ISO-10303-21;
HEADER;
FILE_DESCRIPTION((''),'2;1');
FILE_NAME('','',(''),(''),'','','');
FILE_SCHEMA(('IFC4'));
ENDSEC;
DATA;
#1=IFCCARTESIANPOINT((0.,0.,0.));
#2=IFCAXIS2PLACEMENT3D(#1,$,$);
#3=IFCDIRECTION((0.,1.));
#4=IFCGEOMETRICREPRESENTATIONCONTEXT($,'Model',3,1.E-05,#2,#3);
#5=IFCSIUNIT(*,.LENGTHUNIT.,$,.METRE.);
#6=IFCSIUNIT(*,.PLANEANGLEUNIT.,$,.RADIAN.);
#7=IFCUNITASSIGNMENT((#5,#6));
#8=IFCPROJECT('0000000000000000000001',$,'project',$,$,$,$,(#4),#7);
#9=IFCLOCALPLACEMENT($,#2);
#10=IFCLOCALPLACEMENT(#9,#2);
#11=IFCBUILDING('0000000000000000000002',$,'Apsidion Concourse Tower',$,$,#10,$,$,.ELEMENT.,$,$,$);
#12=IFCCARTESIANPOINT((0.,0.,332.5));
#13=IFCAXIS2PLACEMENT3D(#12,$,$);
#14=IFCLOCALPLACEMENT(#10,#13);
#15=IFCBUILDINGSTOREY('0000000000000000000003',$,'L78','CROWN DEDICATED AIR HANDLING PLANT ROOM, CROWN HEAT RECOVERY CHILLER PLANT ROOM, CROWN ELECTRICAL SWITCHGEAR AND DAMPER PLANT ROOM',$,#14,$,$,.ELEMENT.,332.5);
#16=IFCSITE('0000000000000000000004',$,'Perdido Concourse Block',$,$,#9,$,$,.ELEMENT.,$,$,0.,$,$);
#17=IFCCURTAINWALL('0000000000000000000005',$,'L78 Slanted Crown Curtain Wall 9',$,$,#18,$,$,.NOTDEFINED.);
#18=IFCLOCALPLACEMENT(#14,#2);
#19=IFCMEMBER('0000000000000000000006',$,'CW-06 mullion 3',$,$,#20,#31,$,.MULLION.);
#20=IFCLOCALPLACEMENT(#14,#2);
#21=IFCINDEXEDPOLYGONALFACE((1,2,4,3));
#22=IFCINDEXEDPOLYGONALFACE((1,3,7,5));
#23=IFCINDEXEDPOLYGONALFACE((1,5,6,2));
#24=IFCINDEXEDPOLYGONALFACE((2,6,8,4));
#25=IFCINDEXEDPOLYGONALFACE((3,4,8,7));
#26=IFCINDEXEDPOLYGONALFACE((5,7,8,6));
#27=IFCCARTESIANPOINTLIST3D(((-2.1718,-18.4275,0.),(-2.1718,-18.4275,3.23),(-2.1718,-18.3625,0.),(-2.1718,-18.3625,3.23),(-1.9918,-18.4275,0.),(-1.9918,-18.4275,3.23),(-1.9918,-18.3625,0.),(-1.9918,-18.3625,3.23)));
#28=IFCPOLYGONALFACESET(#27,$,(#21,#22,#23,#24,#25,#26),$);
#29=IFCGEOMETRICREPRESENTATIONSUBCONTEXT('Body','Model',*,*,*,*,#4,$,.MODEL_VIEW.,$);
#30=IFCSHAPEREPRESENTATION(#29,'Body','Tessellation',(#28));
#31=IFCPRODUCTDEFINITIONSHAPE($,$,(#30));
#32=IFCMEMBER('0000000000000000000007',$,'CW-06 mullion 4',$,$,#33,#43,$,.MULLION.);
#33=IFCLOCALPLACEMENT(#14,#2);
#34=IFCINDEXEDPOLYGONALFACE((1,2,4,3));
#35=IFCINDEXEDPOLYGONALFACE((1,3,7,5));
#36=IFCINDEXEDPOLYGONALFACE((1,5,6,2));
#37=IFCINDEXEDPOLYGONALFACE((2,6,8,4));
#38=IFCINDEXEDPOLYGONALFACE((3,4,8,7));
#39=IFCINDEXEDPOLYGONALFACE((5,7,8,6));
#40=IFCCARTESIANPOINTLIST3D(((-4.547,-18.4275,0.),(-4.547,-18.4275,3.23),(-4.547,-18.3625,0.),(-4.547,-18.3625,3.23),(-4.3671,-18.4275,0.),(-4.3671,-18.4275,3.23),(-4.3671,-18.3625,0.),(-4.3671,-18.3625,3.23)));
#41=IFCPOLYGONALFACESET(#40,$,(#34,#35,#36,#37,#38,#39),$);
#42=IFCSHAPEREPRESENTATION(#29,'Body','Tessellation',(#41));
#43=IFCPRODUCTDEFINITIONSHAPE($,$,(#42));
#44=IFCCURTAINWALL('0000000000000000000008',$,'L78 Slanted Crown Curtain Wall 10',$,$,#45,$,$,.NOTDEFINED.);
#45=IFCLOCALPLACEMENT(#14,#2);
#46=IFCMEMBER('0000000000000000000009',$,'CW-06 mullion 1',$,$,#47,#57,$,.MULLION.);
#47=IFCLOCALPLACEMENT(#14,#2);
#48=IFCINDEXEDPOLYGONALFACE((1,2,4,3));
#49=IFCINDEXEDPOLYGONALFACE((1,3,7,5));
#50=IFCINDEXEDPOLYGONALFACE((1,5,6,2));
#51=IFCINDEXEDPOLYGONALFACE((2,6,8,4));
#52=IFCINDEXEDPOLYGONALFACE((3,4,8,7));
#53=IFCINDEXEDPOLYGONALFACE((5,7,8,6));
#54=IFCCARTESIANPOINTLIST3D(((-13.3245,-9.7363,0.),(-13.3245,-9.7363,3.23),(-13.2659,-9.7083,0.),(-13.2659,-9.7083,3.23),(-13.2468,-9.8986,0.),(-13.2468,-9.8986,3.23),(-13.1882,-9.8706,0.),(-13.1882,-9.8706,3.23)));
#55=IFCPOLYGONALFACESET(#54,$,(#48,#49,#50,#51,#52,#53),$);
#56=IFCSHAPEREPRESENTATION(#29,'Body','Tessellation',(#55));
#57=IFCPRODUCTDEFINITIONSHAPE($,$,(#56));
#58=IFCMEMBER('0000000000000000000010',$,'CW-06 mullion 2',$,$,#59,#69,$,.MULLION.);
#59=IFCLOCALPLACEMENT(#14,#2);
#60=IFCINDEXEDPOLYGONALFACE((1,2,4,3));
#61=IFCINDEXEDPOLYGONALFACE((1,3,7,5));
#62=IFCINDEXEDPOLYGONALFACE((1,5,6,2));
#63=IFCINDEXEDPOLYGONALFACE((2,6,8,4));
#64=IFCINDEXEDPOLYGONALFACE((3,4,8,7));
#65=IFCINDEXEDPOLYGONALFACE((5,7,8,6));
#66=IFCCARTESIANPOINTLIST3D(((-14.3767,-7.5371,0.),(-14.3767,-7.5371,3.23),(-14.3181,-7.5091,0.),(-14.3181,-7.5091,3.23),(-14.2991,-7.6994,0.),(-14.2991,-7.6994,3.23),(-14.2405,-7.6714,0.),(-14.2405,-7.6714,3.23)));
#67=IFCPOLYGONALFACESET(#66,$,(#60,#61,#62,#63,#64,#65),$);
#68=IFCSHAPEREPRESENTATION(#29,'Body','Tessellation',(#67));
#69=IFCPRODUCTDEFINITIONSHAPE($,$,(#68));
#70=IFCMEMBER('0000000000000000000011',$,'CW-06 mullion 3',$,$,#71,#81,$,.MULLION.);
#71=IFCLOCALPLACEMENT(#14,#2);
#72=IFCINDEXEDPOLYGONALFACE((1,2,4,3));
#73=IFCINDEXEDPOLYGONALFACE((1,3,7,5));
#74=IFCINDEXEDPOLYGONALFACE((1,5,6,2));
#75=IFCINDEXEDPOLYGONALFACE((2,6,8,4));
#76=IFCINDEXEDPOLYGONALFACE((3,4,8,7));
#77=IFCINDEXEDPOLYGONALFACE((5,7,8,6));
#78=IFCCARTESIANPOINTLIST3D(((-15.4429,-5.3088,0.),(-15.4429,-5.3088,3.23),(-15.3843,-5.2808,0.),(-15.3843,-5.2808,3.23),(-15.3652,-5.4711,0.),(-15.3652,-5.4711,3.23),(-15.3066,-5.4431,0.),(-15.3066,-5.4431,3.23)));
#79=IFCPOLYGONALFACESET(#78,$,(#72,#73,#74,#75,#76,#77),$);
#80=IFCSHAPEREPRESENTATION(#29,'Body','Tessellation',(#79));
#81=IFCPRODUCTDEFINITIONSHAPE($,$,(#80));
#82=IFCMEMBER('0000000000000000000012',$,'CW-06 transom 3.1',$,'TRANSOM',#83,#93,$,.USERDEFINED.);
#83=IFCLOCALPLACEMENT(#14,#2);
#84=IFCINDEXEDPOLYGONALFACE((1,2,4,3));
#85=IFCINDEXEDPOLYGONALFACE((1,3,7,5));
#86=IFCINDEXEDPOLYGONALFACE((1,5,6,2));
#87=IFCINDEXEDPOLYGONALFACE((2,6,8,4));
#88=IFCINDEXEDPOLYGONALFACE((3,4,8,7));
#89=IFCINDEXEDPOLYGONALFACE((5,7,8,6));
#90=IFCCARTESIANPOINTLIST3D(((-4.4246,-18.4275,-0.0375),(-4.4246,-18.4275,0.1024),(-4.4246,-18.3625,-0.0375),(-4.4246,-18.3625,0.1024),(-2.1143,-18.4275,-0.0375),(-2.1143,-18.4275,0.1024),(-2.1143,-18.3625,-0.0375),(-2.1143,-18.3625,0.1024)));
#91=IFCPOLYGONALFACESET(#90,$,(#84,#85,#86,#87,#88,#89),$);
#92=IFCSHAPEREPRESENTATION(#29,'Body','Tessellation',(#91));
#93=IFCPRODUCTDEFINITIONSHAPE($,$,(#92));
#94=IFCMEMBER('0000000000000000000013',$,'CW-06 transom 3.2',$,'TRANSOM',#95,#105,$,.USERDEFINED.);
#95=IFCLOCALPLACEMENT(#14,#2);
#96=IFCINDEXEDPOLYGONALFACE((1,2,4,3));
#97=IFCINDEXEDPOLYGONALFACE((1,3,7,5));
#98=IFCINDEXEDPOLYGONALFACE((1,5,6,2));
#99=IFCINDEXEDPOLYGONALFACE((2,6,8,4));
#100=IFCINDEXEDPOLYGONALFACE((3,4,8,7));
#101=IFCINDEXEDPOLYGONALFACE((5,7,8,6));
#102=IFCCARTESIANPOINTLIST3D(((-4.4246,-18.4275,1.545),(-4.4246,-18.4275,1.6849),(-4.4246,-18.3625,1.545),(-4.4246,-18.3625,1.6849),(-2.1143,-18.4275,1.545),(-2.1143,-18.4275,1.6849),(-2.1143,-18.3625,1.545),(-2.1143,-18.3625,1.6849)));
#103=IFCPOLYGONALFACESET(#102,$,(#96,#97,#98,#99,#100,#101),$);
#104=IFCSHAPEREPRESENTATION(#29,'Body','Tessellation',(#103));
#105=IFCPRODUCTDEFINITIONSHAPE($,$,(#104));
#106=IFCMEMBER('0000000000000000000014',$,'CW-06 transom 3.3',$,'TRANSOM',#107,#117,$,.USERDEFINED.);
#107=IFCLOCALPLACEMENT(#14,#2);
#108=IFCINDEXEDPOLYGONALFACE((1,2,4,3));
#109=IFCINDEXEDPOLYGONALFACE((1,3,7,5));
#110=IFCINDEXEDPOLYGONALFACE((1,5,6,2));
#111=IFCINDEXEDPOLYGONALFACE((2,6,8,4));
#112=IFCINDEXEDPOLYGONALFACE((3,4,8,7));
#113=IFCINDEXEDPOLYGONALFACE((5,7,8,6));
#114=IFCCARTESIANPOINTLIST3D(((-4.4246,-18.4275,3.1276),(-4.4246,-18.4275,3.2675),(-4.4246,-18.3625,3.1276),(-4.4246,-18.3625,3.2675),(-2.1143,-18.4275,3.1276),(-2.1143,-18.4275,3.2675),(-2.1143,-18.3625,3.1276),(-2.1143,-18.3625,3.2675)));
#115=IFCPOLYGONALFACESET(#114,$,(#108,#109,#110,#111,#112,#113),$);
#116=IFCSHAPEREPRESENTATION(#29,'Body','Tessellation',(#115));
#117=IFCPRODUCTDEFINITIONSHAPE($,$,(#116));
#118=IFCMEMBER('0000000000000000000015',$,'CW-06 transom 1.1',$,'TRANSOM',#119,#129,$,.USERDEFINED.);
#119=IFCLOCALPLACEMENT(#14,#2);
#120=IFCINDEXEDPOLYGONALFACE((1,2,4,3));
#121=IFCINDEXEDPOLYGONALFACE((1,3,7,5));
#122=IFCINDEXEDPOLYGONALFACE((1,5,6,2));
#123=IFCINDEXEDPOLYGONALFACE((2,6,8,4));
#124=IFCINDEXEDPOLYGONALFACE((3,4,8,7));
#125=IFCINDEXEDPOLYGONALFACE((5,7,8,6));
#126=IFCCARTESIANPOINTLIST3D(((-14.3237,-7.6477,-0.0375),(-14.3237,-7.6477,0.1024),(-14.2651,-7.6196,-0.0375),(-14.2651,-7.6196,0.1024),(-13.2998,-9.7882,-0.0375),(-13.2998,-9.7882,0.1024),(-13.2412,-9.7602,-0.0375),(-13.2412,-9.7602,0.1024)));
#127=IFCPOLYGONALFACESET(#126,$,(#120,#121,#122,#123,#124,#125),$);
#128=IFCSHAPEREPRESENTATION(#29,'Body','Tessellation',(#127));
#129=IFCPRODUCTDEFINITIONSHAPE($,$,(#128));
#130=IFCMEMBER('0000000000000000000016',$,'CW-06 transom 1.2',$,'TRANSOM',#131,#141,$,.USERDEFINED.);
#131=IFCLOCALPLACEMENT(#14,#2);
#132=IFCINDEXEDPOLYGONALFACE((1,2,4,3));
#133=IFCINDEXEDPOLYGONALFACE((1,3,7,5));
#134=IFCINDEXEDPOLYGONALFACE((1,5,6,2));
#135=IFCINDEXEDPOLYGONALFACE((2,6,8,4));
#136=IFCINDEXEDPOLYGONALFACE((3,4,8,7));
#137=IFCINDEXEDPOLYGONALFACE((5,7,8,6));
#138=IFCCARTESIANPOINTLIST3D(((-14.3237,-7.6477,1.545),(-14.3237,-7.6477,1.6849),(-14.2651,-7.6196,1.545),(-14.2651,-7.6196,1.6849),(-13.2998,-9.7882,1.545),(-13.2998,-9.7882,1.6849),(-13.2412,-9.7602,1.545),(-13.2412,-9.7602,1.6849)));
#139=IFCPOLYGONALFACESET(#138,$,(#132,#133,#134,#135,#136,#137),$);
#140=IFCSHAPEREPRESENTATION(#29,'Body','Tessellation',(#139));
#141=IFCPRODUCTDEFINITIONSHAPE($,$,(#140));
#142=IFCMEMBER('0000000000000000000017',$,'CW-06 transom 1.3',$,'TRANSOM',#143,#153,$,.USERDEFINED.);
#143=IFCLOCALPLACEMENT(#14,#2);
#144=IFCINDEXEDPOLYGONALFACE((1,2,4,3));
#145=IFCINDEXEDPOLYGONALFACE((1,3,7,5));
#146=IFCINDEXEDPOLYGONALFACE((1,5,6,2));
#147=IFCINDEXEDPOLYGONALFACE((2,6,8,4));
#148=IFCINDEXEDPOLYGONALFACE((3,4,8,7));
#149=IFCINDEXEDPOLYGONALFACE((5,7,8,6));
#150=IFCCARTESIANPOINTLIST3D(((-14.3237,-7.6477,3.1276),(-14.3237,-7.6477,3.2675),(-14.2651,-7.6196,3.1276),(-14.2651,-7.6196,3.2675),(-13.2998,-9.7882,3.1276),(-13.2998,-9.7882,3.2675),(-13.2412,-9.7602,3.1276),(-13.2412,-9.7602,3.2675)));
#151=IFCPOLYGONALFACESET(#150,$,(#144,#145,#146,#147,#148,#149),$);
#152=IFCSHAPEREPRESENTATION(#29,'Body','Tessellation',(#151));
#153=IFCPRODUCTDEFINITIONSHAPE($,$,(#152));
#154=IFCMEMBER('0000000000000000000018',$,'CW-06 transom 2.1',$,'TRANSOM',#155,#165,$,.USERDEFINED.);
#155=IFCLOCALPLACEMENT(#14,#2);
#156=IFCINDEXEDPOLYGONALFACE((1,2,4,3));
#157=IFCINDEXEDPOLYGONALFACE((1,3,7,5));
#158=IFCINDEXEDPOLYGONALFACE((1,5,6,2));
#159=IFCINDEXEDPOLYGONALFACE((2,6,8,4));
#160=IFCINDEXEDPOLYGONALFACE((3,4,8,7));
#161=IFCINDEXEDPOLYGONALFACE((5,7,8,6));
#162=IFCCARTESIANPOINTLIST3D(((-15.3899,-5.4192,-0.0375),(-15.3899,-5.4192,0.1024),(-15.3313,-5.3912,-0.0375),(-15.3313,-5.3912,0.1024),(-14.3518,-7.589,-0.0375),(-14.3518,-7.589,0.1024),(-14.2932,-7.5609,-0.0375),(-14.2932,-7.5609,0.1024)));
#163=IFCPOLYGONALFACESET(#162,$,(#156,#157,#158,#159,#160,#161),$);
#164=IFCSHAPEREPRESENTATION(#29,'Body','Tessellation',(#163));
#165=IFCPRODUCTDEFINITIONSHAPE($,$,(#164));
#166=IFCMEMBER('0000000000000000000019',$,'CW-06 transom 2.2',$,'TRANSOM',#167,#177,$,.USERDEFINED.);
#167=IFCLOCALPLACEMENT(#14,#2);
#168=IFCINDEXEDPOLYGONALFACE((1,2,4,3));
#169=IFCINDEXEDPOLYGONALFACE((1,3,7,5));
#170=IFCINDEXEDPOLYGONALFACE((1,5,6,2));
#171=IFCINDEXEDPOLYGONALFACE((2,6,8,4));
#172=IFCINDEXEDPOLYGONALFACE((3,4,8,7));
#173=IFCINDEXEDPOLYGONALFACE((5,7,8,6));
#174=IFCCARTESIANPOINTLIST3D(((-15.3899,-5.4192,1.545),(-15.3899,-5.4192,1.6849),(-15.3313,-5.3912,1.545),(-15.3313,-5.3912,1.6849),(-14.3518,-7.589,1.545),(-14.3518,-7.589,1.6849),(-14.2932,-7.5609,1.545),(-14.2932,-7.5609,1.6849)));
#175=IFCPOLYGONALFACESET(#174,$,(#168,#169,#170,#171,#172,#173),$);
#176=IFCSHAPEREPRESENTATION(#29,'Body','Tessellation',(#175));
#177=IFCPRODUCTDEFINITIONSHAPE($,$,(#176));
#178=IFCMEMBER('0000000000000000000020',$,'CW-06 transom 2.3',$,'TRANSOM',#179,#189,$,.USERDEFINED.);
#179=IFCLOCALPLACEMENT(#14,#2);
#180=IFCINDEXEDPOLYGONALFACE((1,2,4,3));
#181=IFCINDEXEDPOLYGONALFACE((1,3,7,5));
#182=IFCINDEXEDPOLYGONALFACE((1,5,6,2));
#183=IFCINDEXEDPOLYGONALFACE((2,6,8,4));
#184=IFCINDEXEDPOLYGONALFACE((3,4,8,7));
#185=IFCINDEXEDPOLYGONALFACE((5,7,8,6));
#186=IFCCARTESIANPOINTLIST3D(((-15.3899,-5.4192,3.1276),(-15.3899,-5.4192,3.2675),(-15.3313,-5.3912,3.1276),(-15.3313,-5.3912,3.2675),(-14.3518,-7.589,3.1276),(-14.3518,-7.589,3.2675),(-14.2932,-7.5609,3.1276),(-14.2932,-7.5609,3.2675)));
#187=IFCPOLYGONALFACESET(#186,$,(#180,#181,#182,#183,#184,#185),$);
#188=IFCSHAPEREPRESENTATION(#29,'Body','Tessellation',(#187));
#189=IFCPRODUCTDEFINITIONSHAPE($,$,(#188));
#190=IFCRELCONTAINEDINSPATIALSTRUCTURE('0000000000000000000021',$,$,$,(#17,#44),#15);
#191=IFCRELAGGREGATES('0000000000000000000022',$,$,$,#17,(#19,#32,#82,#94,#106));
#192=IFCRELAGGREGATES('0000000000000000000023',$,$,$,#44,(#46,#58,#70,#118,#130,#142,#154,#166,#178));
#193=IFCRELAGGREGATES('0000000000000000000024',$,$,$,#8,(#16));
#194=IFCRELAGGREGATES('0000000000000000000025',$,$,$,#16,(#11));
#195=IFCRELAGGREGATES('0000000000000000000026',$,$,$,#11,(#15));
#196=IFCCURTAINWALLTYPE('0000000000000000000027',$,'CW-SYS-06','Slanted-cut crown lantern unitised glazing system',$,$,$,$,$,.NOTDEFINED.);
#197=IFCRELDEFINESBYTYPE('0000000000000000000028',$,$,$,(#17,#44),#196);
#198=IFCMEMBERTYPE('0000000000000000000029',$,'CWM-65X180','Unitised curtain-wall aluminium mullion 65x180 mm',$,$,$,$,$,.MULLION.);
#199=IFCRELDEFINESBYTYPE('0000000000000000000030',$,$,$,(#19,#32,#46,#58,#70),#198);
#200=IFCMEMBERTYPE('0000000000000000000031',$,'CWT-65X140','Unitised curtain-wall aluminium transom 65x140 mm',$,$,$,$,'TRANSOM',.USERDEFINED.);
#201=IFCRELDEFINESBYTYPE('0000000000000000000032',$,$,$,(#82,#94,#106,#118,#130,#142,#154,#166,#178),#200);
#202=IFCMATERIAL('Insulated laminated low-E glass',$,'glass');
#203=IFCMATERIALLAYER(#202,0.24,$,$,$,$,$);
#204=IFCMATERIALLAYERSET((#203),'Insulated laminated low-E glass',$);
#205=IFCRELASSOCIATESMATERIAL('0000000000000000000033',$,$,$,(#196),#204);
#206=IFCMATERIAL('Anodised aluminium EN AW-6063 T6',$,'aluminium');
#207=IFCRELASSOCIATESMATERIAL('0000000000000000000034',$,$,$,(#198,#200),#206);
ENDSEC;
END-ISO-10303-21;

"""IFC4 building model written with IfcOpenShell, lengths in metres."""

from ifc_helpers import new_model, si_unit, direction, frame, origin, origin_2d, place, context, subcontext, project, spatial, rectangle, extrude, material, layer, layer_set, material_profile, profile_set, type_object, element, aggregate, save


model = new_model("IFC4")

# Units and contexts
model_context = context("Model", 3, precision=1e-05, world=origin(), true_north=direction((0.0, 1.0)))
body_context = subcontext(model_context, "Body", "Model", "MODEL_VIEW")
ifc_project = project(units=[si_unit("LENGTHUNIT", "METRE"), si_unit("PLANEANGLEUNIT", "RADIAN")], contexts=[model_context])

# Site, building, storey
site_placement = place(None, origin())
site = spatial("IfcSite", under=ifc_project, at=site_placement, Name="Perdido Concourse Block", CompositionType="ELEMENT", RefElevation=0.0)
building_placement = place(site_placement, origin())
building = spatial("IfcBuilding", under=site, at=building_placement, Name="Apsidion Concourse Tower", CompositionType="ELEMENT")
storey_placement = place(building_placement, frame((0.0, 0.0, 332.5)))
storey = spatial("IfcBuildingStorey", under=building, at=storey_placement, Name="L78", Description="CROWN DEDICATED AIR HANDLING PLANT ROOM, CROWN HEAT RECOVERY CHILLER PLANT ROOM, CROWN ELECTRICAL SWITCHGEAR AND DAMPER PLANT ROOM", CompositionType="ELEMENT", Elevation=332.5)

# Curtain walls, members
ifc_material_1 = material(Name="Insulated laminated low-E glass", Category="glass")
ifc_layer_1 = layer(ifc_material_1, 0.24)
ifc_layer_set_1 = layer_set([ifc_layer_1], Name="Insulated laminated low-E glass")
curtain_wall_type = type_object("IfcCurtainWallType", Name="CW-SYS-06", Description="Slanted-cut crown lantern unitised glazing system", PredefinedType="NOTDEFINED", material=ifc_layer_set_1)
curtain_wall_1_placement = place(storey_placement, origin())
curtain_wall_1 = element("IfcCurtainWall", 1, at=curtain_wall_1_placement, inside=storey, type_object=curtain_wall_type, Name="L78 Slanted Crown Curtain Wall 9", PredefinedType="NOTDEFINED")
ifc_material_2 = material(Name="Anodised aluminium EN AW-6063 T6", Category="aluminium")
ifc_material_profile_1 = material_profile(ifc_material_2, rectangle(XDim=0.0649, YDim=0.1799, at=origin_2d()), Name="ALU MULLION 65x180")
ifc_profile_set_1 = profile_set([ifc_material_profile_1], Name="Anodised aluminium EN AW-6063 T6")
member_type_1 = type_object("IfcMemberType", Name="CWM-65X180", Description="Unitised curtain-wall aluminium mullion 65x180 mm", PredefinedType="MULLION", material=ifc_profile_set_1)
member_1_placement = place(storey_placement, frame((-2.0818, -18.395, 0.0), z_axis=(0.0, 0.0, 1.0), x_axis=(0.0, -1.0, 0.0)))
member_1 = element("IfcMember", 2, at=member_1_placement, type_object=member_type_1, Name="CW-06 mullion 3", PredefinedType="MULLION", context=body_context, shape_type="SweptSolid", body=[
    extrude(rectangle(XDim=0.0649, YDim=0.1799, at=origin_2d()), origin(), (0.0, 0.0, 1.0), 3.23),
])
member_2_placement = place(storey_placement, frame((-4.457, -18.395, 0.0), z_axis=(0.0, 0.0, 1.0), x_axis=(0.0, -1.0, 0.0)))
member_2 = element("IfcMember", 3, at=member_2_placement, type_object=member_type_1, Name="CW-06 mullion 4", PredefinedType="MULLION", context=body_context, shape_type="SweptSolid", body=[
    extrude(rectangle(XDim=0.0649, YDim=0.1799, at=origin_2d()), origin(), (0.0, 0.0, 1.0), 3.23),
])
curtain_wall_2_placement = place(storey_placement, origin())
curtain_wall_2 = element("IfcCurtainWall", 4, at=curtain_wall_2_placement, inside=storey, type_object=curtain_wall_type, Name="L78 Slanted Crown Curtain Wall 10", PredefinedType="NOTDEFINED")
member_3_placement = place(storey_placement, frame((-13.2563, -9.8035, 0.0), z_axis=(0.0, 0.0, 1.0), x_axis=(-0.902067, -0.431596, 0.0)))
member_3 = element("IfcMember", 5, at=member_3_placement, type_object=member_type_1, Name="CW-06 mullion 1", PredefinedType="MULLION", context=body_context, shape_type="SweptSolid", body=[
    extrude(rectangle(XDim=0.0649, YDim=0.1799, at=origin_2d()), origin(), (0.0, 0.0, 1.0), 3.23),
])
member_4_placement = place(storey_placement, frame((-14.3086, -7.6042, 0.0), z_axis=(0.0, 0.0, 1.0), x_axis=(-0.902067, -0.431596, 0.0)))
member_4 = element("IfcMember", 6, at=member_4_placement, type_object=member_type_1, Name="CW-06 mullion 2", PredefinedType="MULLION", context=body_context, shape_type="SweptSolid", body=[
    extrude(rectangle(XDim=0.0649, YDim=0.1799, at=origin_2d()), origin(), (0.0, 0.0, 1.0), 3.23),
])
member_5_placement = place(storey_placement, frame((-15.3748, -5.376, 0.0), z_axis=(0.0, 0.0, 1.0), x_axis=(-0.902067, -0.431596, 0.0)))
member_5 = element("IfcMember", 7, at=member_5_placement, type_object=member_type_1, Name="CW-06 mullion 3", PredefinedType="MULLION", context=body_context, shape_type="SweptSolid", body=[
    extrude(rectangle(XDim=0.0649, YDim=0.1799, at=origin_2d()), origin(), (0.0, 0.0, 1.0), 3.23),
])

# Members
ifc_material_profile_2 = material_profile(ifc_material_2, rectangle(XDim=0.0649, YDim=0.1399, at=origin_2d()), Name="ALU TRANSOM 65x140")
ifc_profile_set_2 = profile_set([ifc_material_profile_2], Name="Anodised aluminium EN AW-6063 T6")
member_type_2 = type_object("IfcMemberType", Name="CWT-65X140", Description="Unitised curtain-wall aluminium transom 65x140 mm", ElementType="TRANSOM", PredefinedType="USERDEFINED", material=ifc_profile_set_2)
member_6_placement = place(storey_placement, frame((-2.1143, -18.395, 0.0325), z_axis=(-1.0, 0.0, 0.0), x_axis=(0.0, -1.0, 0.0)))
member_6 = element("IfcMember", 8, at=member_6_placement, type_object=member_type_2, Name="CW-06 transom 3.1", ObjectType="TRANSOM", PredefinedType="USERDEFINED", context=body_context, shape_type="SweptSolid", body=[
    extrude(rectangle(XDim=0.0649, YDim=0.1399, at=origin_2d()), origin(), (0.0, 0.0, 1.0), 2.3103),
])
member_7_placement = place(storey_placement, frame((-2.1143, -18.395, 1.615), z_axis=(-1.0, 0.0, 0.0), x_axis=(0.0, -1.0, 0.0)))
member_7 = element("IfcMember", 9, at=member_7_placement, type_object=member_type_2, Name="CW-06 transom 3.2", ObjectType="TRANSOM", PredefinedType="USERDEFINED", context=body_context, shape_type="SweptSolid", body=[
    extrude(rectangle(XDim=0.0649, YDim=0.1399, at=origin_2d()), origin(), (0.0, 0.0, 1.0), 2.3103),
])
member_8_placement = place(storey_placement, frame((-2.1143, -18.395, 3.1975), z_axis=(-1.0, 0.0, 0.0), x_axis=(0.0, -1.0, 0.0)))
member_8 = element("IfcMember", 10, at=member_8_placement, type_object=member_type_2, Name="CW-06 transom 3.3", ObjectType="TRANSOM", PredefinedType="USERDEFINED", context=body_context, shape_type="SweptSolid", body=[
    extrude(rectangle(XDim=0.0649, YDim=0.1399, at=origin_2d()), origin(), (0.0, 0.0, 1.0), 2.3103),
])
member_9_placement = place(storey_placement, frame((-13.2705, -9.7742, 0.0325), z_axis=(-0.431506, 0.90211, 0.0), x_axis=(-0.90211, -0.431506, 0.0)))
member_9 = element("IfcMember", 11, at=member_9_placement, type_object=member_type_2, Name="CW-06 transom 1.1", ObjectType="TRANSOM", PredefinedType="USERDEFINED", context=body_context, shape_type="SweptSolid", body=[
    extrude(rectangle(XDim=0.0649, YDim=0.1399, at=origin_2d()), origin(), (0.0, 0.0, 1.0), 2.3728),
])
member_10_placement = place(storey_placement, frame((-13.2705, -9.7742, 1.615), z_axis=(-0.431506, 0.90211, 0.0), x_axis=(-0.90211, -0.431506, 0.0)))
member_10 = element("IfcMember", 12, at=member_10_placement, type_object=member_type_2, Name="CW-06 transom 1.2", ObjectType="TRANSOM", PredefinedType="USERDEFINED", context=body_context, shape_type="SweptSolid", body=[
    extrude(rectangle(XDim=0.0649, YDim=0.1399, at=origin_2d()), origin(), (0.0, 0.0, 1.0), 2.3728),
])
member_11_placement = place(storey_placement, frame((-13.2705, -9.7742, 3.1975), z_axis=(-0.431506, 0.90211, 0.0), x_axis=(-0.90211, -0.431506, 0.0)))
member_11 = element("IfcMember", 13, at=member_11_placement, type_object=member_type_2, Name="CW-06 transom 1.3", ObjectType="TRANSOM", PredefinedType="USERDEFINED", context=body_context, shape_type="SweptSolid", body=[
    extrude(rectangle(XDim=0.0649, YDim=0.1399, at=origin_2d()), origin(), (0.0, 0.0, 1.0), 2.3728),
])
member_12_placement = place(storey_placement, frame((-14.3225, -7.575, 0.0325), z_axis=(-0.431596, 0.902067, 0.0), x_axis=(-0.902067, -0.431596, 0.0)))
member_12 = element("IfcMember", 14, at=member_12_placement, type_object=member_type_2, Name="CW-06 transom 2.1", ObjectType="TRANSOM", PredefinedType="USERDEFINED", context=body_context, shape_type="SweptSolid", body=[
    extrude(rectangle(XDim=0.0649, YDim=0.1399, at=origin_2d()), origin(), (0.0, 0.0, 1.0), 2.4053),
])
member_13_placement = place(storey_placement, frame((-14.3225, -7.575, 1.615), z_axis=(-0.431596, 0.902067, 0.0), x_axis=(-0.902067, -0.431596, 0.0)))
member_13 = element("IfcMember", 15, at=member_13_placement, type_object=member_type_2, Name="CW-06 transom 2.2", ObjectType="TRANSOM", PredefinedType="USERDEFINED", context=body_context, shape_type="SweptSolid", body=[
    extrude(rectangle(XDim=0.0649, YDim=0.1399, at=origin_2d()), origin(), (0.0, 0.0, 1.0), 2.4053),
])
member_14_placement = place(storey_placement, frame((-14.3225, -7.575, 3.1975), z_axis=(-0.431596, 0.902067, 0.0), x_axis=(-0.902067, -0.431596, 0.0)))
member_14 = element("IfcMember", 16, at=member_14_placement, type_object=member_type_2, Name="CW-06 transom 2.3", ObjectType="TRANSOM", PredefinedType="USERDEFINED", context=body_context, shape_type="SweptSolid", body=[
    extrude(rectangle(XDim=0.0649, YDim=0.1399, at=origin_2d()), origin(), (0.0, 0.0, 1.0), 2.4053),
])

aggregate(curtain_wall_1, [member_1, member_2, member_6, member_7, member_8])
aggregate(curtain_wall_2, [member_3, member_4, member_5, member_9, member_10, member_11, member_12, member_13, member_14])

save(model, "model.ifc")
